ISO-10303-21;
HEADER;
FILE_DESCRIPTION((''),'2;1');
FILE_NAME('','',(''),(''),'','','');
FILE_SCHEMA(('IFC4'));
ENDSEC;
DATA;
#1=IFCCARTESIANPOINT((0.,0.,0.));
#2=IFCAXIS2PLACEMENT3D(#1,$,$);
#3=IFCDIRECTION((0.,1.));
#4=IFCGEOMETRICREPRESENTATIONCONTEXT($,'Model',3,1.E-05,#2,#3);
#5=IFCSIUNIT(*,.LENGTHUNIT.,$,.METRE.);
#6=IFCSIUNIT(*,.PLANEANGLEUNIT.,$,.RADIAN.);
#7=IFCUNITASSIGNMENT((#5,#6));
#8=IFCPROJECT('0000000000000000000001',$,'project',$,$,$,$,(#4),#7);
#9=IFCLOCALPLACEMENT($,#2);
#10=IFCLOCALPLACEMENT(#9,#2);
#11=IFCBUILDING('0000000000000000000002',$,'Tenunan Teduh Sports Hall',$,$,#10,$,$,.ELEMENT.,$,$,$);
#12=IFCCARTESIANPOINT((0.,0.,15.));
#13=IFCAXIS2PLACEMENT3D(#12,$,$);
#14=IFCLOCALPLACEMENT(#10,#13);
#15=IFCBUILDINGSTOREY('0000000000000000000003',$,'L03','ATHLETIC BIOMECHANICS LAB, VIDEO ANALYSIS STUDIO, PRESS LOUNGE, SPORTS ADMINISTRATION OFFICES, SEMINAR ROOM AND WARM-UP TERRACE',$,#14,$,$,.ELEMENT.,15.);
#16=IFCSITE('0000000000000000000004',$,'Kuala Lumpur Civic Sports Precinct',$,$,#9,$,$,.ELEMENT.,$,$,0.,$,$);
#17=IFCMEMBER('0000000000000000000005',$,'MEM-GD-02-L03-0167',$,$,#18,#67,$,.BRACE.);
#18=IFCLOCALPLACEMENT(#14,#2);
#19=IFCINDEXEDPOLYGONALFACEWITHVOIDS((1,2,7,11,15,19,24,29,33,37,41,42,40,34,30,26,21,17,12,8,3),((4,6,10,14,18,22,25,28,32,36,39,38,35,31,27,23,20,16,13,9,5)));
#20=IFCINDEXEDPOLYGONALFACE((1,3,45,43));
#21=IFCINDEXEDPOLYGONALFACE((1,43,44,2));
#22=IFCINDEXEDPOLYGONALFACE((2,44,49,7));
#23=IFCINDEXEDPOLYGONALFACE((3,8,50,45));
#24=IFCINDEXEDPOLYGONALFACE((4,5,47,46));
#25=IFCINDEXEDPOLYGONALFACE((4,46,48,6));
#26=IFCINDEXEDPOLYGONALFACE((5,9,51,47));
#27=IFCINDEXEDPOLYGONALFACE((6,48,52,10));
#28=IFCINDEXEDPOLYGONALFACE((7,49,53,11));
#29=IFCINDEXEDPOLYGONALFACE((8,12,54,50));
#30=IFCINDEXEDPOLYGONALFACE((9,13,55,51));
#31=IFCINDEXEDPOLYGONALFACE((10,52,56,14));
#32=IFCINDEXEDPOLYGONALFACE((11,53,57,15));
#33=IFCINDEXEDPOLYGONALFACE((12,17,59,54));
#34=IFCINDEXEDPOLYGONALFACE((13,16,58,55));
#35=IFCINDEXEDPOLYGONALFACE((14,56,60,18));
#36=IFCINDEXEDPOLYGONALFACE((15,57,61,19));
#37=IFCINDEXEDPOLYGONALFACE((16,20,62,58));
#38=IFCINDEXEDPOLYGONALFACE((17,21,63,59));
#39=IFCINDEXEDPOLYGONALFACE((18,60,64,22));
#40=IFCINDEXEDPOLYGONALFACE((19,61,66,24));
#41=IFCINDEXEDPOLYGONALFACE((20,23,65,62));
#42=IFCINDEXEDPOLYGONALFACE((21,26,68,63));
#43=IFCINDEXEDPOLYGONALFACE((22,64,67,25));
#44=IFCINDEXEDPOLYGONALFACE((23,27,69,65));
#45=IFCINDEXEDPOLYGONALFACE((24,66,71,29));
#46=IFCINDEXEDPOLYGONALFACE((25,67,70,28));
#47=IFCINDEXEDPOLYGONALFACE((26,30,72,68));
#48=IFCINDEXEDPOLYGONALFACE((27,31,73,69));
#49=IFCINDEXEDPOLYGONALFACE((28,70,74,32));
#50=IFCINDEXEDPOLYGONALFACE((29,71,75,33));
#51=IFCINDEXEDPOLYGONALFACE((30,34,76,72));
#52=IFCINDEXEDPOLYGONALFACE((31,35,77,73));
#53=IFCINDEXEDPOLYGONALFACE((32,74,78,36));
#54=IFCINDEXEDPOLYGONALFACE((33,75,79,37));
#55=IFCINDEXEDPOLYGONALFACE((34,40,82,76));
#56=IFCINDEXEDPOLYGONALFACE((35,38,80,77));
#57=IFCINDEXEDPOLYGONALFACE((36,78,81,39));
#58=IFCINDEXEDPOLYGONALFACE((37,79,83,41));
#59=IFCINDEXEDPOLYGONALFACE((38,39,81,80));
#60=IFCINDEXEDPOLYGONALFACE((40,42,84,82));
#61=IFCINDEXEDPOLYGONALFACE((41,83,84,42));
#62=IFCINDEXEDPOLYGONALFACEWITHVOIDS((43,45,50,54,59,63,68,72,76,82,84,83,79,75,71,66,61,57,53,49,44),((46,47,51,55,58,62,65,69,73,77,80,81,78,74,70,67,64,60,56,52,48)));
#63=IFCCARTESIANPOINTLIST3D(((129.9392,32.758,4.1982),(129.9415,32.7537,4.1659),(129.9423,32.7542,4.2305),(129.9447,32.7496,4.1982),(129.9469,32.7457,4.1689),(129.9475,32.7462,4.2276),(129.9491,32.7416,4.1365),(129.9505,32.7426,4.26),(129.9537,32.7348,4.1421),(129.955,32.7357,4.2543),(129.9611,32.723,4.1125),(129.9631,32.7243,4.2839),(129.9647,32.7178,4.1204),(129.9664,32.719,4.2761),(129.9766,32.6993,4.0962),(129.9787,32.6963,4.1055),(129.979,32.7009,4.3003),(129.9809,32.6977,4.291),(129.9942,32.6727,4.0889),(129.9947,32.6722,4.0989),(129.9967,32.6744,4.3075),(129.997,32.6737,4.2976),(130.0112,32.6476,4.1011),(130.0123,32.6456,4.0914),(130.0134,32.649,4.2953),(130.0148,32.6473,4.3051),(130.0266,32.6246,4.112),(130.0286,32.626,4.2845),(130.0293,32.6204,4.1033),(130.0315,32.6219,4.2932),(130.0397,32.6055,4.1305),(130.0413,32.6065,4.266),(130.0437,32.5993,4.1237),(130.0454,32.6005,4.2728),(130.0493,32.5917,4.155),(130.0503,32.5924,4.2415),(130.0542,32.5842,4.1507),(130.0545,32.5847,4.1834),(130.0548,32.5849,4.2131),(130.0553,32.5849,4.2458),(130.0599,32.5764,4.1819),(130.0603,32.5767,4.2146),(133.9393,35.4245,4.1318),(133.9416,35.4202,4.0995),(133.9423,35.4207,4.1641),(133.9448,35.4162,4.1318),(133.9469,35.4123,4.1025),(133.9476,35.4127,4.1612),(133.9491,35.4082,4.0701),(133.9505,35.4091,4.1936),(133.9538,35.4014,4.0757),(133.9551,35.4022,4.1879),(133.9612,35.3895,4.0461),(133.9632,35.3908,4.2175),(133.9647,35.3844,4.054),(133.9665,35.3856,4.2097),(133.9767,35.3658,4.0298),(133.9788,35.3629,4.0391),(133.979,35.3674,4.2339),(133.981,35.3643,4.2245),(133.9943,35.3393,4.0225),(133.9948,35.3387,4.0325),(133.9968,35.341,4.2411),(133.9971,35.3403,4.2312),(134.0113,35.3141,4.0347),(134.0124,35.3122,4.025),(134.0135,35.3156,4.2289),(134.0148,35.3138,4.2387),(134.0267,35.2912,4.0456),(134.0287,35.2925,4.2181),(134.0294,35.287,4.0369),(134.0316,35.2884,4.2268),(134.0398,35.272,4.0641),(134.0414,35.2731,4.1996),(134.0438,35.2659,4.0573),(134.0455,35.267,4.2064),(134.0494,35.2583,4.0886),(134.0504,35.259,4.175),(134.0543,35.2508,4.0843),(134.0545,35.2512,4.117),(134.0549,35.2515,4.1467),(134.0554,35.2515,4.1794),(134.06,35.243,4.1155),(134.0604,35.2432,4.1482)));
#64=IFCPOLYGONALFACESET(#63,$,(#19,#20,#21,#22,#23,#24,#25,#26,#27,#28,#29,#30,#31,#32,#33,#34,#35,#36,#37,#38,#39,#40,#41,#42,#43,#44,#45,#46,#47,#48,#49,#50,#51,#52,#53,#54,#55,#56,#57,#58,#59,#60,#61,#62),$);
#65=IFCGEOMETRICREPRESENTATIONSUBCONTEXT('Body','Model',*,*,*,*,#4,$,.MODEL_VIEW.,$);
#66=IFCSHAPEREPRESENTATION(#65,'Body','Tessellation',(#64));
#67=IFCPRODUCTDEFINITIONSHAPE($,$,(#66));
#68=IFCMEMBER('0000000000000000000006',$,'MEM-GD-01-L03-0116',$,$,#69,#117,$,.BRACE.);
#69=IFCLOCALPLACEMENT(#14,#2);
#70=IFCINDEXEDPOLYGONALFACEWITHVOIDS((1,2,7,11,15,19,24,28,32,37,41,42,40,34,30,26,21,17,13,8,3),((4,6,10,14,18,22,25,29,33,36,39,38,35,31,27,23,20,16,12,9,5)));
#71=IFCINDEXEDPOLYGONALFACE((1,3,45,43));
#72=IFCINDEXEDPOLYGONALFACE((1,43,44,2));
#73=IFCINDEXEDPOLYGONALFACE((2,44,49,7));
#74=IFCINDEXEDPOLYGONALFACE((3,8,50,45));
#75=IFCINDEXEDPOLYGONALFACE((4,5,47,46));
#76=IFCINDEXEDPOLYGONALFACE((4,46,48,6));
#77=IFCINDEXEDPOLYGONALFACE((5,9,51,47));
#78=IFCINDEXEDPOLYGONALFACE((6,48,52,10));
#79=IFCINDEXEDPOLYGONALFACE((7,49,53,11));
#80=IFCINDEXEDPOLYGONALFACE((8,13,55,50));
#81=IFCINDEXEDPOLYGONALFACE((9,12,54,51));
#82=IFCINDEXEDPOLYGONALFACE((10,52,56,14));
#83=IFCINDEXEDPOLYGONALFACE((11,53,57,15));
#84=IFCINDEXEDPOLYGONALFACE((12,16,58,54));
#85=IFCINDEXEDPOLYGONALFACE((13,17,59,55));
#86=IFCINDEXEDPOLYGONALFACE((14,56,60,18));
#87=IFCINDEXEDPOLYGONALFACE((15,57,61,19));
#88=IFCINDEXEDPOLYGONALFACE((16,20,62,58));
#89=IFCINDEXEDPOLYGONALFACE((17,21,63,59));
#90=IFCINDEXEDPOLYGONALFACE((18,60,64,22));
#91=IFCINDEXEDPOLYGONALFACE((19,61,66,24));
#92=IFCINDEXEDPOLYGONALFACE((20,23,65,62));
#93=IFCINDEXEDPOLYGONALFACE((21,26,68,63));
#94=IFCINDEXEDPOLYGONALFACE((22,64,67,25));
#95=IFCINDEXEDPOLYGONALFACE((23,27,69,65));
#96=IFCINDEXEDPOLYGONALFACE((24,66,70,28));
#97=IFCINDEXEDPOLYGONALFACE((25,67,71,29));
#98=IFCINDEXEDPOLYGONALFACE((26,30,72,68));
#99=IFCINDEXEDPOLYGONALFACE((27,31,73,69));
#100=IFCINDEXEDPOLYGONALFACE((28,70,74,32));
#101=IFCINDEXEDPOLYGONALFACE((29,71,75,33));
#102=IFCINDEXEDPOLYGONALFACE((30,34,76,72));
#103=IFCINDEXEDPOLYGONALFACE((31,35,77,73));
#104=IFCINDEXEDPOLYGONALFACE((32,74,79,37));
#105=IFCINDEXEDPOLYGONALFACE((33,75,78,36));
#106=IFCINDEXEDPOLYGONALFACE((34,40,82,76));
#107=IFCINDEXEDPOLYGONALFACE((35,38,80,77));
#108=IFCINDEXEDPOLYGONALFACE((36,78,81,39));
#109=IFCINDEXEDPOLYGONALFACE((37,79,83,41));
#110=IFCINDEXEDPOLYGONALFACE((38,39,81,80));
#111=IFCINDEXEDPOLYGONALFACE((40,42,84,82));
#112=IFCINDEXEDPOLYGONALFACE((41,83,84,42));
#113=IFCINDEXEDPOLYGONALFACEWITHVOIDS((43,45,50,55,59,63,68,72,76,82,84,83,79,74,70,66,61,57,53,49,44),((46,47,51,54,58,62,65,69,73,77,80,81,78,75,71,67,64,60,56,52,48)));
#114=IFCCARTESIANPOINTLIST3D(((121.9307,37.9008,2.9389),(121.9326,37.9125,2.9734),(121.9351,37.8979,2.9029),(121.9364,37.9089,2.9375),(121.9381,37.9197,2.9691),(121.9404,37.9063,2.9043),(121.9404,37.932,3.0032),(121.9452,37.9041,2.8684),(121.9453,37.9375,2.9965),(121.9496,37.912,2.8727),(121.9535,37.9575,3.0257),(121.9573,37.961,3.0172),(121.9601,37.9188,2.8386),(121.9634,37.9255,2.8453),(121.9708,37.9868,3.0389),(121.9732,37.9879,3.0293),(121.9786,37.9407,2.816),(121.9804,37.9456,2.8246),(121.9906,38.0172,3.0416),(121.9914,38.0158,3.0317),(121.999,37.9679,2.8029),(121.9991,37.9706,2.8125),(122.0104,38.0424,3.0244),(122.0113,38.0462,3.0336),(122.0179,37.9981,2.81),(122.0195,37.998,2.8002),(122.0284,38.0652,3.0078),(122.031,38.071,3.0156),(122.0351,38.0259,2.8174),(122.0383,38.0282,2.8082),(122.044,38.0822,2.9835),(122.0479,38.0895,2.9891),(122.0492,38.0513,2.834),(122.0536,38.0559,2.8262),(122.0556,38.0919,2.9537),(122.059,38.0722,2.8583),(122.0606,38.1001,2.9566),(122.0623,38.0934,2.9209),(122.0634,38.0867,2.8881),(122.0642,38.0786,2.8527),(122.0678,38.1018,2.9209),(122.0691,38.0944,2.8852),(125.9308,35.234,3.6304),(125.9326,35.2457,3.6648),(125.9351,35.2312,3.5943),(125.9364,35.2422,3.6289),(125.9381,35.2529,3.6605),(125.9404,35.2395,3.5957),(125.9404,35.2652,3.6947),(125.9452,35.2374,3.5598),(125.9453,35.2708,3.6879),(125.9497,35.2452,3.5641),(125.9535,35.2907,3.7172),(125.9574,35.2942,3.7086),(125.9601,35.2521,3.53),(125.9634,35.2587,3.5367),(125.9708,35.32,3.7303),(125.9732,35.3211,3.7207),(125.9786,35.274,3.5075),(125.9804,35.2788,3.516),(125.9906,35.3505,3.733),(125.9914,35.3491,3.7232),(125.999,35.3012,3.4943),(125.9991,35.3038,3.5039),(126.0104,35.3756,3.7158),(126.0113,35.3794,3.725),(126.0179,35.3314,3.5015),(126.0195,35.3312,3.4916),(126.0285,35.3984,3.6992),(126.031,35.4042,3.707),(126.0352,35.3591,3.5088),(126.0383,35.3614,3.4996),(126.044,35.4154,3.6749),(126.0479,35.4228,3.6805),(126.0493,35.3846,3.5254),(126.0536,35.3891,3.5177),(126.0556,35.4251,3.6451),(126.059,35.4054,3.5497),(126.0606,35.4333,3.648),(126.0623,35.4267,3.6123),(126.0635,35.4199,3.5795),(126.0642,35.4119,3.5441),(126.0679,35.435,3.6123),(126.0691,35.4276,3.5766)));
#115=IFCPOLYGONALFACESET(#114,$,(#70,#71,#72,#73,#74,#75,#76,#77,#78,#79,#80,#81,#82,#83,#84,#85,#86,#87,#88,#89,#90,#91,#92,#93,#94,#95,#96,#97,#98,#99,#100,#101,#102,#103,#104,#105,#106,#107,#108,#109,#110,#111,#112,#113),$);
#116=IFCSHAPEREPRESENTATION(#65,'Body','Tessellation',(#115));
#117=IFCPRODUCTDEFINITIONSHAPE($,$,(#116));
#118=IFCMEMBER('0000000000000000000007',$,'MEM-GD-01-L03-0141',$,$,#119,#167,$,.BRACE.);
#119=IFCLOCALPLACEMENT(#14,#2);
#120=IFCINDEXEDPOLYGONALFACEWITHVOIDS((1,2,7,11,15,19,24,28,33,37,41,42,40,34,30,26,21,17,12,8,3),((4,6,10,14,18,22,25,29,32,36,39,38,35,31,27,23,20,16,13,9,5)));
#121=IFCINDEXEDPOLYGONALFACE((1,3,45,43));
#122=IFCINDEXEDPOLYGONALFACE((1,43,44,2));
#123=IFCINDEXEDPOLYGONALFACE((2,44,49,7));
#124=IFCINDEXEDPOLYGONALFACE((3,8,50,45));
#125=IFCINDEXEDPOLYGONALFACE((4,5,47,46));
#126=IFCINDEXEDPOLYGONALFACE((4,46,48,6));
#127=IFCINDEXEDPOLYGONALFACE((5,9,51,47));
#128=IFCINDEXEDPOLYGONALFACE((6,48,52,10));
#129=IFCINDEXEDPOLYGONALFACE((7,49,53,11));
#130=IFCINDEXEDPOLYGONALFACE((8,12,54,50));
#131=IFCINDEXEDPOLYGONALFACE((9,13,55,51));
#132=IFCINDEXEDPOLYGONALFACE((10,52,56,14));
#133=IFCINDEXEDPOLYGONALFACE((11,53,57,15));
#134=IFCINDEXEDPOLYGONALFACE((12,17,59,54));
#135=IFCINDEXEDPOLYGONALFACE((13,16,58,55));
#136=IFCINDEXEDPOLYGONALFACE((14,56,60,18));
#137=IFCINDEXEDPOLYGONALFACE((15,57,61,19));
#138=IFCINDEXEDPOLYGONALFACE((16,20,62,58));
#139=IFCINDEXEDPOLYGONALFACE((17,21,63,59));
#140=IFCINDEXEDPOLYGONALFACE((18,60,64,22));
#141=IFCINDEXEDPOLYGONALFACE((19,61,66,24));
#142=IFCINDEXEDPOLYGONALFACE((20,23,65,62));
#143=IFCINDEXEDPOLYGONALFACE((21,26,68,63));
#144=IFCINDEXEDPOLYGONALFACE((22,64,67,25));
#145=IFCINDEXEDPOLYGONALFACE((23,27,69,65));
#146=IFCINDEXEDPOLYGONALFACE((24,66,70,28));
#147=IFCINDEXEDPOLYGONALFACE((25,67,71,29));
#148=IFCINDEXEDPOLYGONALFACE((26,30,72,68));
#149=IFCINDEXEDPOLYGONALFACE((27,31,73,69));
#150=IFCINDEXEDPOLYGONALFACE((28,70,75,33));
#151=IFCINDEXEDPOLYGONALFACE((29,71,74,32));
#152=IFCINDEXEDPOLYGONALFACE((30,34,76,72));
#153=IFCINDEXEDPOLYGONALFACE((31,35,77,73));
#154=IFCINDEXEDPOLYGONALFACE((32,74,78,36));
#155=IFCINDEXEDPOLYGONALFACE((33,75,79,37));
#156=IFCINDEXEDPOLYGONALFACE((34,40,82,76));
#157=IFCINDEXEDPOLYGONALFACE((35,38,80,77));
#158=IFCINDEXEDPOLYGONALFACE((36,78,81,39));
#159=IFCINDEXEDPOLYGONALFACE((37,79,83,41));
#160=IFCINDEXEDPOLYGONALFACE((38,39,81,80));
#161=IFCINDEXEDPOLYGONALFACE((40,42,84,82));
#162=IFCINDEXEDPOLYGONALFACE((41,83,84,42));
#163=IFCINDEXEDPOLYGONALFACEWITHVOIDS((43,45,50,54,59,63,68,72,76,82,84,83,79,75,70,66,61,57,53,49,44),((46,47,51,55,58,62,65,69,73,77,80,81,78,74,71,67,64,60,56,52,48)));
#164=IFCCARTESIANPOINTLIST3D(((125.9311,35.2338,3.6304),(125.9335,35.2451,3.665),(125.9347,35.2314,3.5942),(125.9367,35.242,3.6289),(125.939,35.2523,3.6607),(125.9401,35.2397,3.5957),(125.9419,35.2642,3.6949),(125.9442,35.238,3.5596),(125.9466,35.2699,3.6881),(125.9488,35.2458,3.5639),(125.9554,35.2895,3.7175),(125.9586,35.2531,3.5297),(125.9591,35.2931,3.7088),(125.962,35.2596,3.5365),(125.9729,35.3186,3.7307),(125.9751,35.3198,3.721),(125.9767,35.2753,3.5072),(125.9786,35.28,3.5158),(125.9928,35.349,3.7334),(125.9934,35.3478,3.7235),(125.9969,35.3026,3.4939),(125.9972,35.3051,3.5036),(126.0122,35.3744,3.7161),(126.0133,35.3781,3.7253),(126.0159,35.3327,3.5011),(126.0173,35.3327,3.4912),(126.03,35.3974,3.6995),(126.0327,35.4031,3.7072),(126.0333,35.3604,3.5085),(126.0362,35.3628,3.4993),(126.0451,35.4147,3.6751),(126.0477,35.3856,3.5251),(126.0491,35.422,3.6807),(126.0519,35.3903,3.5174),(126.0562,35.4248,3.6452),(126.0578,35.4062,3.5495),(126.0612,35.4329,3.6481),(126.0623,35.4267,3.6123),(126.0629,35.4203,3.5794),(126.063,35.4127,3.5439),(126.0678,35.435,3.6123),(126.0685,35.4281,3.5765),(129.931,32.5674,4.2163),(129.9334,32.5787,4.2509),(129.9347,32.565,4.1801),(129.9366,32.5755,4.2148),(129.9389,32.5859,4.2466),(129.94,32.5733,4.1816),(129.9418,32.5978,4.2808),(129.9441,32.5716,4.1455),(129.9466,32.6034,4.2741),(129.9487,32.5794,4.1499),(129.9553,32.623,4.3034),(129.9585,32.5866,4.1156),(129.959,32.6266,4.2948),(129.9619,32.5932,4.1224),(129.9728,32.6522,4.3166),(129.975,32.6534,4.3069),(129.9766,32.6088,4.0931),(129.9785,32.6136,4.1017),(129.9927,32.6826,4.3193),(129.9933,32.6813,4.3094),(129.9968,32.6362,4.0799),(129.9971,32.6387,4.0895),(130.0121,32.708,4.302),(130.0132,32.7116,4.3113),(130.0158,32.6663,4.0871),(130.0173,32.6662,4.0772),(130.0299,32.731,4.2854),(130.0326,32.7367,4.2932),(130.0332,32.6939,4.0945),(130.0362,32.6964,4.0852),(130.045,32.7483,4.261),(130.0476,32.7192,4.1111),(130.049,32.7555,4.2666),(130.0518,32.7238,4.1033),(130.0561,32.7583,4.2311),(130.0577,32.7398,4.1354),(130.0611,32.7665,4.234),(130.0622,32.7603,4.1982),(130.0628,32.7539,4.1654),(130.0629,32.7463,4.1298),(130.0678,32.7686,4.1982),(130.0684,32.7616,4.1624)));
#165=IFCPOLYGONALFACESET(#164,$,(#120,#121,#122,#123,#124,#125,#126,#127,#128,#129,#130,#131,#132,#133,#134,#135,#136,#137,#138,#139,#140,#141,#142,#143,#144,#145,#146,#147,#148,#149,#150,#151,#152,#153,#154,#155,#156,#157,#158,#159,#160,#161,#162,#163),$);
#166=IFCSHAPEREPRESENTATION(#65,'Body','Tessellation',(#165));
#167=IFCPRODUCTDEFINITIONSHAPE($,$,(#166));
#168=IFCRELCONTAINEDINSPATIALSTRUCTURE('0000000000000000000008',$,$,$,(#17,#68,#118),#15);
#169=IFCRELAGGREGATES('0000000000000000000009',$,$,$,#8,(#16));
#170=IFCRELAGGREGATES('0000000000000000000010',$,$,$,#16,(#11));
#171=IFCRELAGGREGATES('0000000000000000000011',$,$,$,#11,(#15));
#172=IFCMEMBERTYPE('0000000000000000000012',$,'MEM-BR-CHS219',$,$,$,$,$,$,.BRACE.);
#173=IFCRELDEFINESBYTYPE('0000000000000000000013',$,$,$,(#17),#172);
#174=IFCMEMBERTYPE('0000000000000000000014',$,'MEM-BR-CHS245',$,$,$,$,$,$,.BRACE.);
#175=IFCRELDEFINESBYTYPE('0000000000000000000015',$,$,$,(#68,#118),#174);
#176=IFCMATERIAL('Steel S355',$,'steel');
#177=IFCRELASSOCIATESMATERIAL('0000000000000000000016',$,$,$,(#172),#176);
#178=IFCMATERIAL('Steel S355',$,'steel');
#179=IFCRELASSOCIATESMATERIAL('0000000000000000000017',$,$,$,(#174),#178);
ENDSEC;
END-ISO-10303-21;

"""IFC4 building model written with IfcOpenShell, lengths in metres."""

from ifc_helpers import new_model, si_unit, direction, frame, origin, origin_2d, place, context, subcontext, project, spatial, hollow_circle, extrude, material, material_profile, profile_set, type_object, element, save


model = new_model("IFC4")

# Units and contexts
model_context = context("Model", 3, precision=1e-05, world=origin(), true_north=direction((0.0, 1.0)))
body_context = subcontext(model_context, "Body", "Model", "MODEL_VIEW")
ifc_project = project(units=[si_unit("LENGTHUNIT", "METRE"), si_unit("PLANEANGLEUNIT", "RADIAN")], contexts=[model_context])

# Site, building, storey
site_placement = place(None, origin())
site = spatial("IfcSite", under=ifc_project, at=site_placement, Name="Kuala Lumpur Civic Sports Precinct", CompositionType="ELEMENT", RefElevation=0.0)
building_placement = place(site_placement, origin())
building = spatial("IfcBuilding", under=site, at=building_placement, Name="Tenunan Teduh Sports Hall", CompositionType="ELEMENT")
storey_placement = place(building_placement, frame((0.0, 0.0, 15.0)))
storey = spatial("IfcBuildingStorey", under=building, at=storey_placement, Name="L03", Description="ATHLETIC BIOMECHANICS LAB, VIDEO ANALYSIS STUDIO, PRESS LOUNGE, SPORTS ADMINISTRATION OFFICES, SEMINAR ROOM AND WARM-UP TERRACE", CompositionType="ELEMENT", Elevation=15.0)

# Members
ifc_material_1 = material(Name="Steel S355", Category="steel")
ifc_material_profile_1 = material_profile(ifc_material_1, hollow_circle(Radius=0.1096, WallThickness=0.01, at=origin_2d()), Name="CHS 219.1x10.0")
ifc_profile_set_1 = profile_set([ifc_material_profile_1], Name="Steel S355")
member_type_1 = type_object("IfcMemberType", Name="MEM-BR-CHS219", PredefinedType="BRACE", material=ifc_profile_set_1)
member_1_placement = place(storey_placement, frame((130.0, 32.6667, 4.1982), z_axis=(0.831987, 0.554624, -0.013812), x_axis=(-0.554677, 0.832066, 0.0)))
element("IfcMember", 1, at=member_1_placement, inside=storey, type_object=member_type_1, Name="MEM-GD-02-L03-0167", PredefinedType="BRACE", context=body_context, shape_type="SweptSolid", body=[
    extrude(hollow_circle(Radius=0.1096, WallThickness=0.01, at=origin_2d()), origin(), (0.0, 0.0, 1.0), 4.8079),
])
ifc_material_2 = material(Name="Steel S355", Category="steel")
ifc_material_profile_2 = material_profile(ifc_material_2, hollow_circle(Radius=0.1223, WallThickness=0.01, at=origin_2d()), Name="CHS 244.5x10.0")
ifc_profile_set_2 = profile_set([ifc_material_profile_2], Name="Steel S355")
member_type_2 = type_object("IfcMemberType", Name="MEM-BR-CHS245", PredefinedType="BRACE", material=ifc_profile_set_2)
member_2_placement = place(storey_placement, frame((122.0, 38.0, 2.9209), z_axis=(0.823569, -0.549063, 0.142355), x_axis=(0.554712, 0.832042, 0.0)))
element("IfcMember", 2, at=member_2_placement, inside=storey, type_object=member_type_2, Name="MEM-GD-01-L03-0116", PredefinedType="BRACE", context=body_context, shape_type="SweptSolid", body=[
    extrude(hollow_circle(Radius=0.1223, WallThickness=0.01, at=origin_2d()), origin(), (0.0, 0.0, 1.0), 4.8569),
])
member_3_placement = place(storey_placement, frame((126.0, 35.3333, 3.6123), z_axis=(0.825953, -0.550602, 0.120989), x_axis=(0.554677, 0.832066, 0.0)))
element("IfcMember", 3, at=member_3_placement, inside=storey, type_object=member_type_2, Name="MEM-GD-01-L03-0141", PredefinedType="BRACE", context=body_context, shape_type="SweptSolid", body=[
    extrude(hollow_circle(Radius=0.1223, WallThickness=0.01, at=origin_2d()), origin(), (0.0, 0.0, 1.0), 4.8428),
])

save(model, "model.ifc")
